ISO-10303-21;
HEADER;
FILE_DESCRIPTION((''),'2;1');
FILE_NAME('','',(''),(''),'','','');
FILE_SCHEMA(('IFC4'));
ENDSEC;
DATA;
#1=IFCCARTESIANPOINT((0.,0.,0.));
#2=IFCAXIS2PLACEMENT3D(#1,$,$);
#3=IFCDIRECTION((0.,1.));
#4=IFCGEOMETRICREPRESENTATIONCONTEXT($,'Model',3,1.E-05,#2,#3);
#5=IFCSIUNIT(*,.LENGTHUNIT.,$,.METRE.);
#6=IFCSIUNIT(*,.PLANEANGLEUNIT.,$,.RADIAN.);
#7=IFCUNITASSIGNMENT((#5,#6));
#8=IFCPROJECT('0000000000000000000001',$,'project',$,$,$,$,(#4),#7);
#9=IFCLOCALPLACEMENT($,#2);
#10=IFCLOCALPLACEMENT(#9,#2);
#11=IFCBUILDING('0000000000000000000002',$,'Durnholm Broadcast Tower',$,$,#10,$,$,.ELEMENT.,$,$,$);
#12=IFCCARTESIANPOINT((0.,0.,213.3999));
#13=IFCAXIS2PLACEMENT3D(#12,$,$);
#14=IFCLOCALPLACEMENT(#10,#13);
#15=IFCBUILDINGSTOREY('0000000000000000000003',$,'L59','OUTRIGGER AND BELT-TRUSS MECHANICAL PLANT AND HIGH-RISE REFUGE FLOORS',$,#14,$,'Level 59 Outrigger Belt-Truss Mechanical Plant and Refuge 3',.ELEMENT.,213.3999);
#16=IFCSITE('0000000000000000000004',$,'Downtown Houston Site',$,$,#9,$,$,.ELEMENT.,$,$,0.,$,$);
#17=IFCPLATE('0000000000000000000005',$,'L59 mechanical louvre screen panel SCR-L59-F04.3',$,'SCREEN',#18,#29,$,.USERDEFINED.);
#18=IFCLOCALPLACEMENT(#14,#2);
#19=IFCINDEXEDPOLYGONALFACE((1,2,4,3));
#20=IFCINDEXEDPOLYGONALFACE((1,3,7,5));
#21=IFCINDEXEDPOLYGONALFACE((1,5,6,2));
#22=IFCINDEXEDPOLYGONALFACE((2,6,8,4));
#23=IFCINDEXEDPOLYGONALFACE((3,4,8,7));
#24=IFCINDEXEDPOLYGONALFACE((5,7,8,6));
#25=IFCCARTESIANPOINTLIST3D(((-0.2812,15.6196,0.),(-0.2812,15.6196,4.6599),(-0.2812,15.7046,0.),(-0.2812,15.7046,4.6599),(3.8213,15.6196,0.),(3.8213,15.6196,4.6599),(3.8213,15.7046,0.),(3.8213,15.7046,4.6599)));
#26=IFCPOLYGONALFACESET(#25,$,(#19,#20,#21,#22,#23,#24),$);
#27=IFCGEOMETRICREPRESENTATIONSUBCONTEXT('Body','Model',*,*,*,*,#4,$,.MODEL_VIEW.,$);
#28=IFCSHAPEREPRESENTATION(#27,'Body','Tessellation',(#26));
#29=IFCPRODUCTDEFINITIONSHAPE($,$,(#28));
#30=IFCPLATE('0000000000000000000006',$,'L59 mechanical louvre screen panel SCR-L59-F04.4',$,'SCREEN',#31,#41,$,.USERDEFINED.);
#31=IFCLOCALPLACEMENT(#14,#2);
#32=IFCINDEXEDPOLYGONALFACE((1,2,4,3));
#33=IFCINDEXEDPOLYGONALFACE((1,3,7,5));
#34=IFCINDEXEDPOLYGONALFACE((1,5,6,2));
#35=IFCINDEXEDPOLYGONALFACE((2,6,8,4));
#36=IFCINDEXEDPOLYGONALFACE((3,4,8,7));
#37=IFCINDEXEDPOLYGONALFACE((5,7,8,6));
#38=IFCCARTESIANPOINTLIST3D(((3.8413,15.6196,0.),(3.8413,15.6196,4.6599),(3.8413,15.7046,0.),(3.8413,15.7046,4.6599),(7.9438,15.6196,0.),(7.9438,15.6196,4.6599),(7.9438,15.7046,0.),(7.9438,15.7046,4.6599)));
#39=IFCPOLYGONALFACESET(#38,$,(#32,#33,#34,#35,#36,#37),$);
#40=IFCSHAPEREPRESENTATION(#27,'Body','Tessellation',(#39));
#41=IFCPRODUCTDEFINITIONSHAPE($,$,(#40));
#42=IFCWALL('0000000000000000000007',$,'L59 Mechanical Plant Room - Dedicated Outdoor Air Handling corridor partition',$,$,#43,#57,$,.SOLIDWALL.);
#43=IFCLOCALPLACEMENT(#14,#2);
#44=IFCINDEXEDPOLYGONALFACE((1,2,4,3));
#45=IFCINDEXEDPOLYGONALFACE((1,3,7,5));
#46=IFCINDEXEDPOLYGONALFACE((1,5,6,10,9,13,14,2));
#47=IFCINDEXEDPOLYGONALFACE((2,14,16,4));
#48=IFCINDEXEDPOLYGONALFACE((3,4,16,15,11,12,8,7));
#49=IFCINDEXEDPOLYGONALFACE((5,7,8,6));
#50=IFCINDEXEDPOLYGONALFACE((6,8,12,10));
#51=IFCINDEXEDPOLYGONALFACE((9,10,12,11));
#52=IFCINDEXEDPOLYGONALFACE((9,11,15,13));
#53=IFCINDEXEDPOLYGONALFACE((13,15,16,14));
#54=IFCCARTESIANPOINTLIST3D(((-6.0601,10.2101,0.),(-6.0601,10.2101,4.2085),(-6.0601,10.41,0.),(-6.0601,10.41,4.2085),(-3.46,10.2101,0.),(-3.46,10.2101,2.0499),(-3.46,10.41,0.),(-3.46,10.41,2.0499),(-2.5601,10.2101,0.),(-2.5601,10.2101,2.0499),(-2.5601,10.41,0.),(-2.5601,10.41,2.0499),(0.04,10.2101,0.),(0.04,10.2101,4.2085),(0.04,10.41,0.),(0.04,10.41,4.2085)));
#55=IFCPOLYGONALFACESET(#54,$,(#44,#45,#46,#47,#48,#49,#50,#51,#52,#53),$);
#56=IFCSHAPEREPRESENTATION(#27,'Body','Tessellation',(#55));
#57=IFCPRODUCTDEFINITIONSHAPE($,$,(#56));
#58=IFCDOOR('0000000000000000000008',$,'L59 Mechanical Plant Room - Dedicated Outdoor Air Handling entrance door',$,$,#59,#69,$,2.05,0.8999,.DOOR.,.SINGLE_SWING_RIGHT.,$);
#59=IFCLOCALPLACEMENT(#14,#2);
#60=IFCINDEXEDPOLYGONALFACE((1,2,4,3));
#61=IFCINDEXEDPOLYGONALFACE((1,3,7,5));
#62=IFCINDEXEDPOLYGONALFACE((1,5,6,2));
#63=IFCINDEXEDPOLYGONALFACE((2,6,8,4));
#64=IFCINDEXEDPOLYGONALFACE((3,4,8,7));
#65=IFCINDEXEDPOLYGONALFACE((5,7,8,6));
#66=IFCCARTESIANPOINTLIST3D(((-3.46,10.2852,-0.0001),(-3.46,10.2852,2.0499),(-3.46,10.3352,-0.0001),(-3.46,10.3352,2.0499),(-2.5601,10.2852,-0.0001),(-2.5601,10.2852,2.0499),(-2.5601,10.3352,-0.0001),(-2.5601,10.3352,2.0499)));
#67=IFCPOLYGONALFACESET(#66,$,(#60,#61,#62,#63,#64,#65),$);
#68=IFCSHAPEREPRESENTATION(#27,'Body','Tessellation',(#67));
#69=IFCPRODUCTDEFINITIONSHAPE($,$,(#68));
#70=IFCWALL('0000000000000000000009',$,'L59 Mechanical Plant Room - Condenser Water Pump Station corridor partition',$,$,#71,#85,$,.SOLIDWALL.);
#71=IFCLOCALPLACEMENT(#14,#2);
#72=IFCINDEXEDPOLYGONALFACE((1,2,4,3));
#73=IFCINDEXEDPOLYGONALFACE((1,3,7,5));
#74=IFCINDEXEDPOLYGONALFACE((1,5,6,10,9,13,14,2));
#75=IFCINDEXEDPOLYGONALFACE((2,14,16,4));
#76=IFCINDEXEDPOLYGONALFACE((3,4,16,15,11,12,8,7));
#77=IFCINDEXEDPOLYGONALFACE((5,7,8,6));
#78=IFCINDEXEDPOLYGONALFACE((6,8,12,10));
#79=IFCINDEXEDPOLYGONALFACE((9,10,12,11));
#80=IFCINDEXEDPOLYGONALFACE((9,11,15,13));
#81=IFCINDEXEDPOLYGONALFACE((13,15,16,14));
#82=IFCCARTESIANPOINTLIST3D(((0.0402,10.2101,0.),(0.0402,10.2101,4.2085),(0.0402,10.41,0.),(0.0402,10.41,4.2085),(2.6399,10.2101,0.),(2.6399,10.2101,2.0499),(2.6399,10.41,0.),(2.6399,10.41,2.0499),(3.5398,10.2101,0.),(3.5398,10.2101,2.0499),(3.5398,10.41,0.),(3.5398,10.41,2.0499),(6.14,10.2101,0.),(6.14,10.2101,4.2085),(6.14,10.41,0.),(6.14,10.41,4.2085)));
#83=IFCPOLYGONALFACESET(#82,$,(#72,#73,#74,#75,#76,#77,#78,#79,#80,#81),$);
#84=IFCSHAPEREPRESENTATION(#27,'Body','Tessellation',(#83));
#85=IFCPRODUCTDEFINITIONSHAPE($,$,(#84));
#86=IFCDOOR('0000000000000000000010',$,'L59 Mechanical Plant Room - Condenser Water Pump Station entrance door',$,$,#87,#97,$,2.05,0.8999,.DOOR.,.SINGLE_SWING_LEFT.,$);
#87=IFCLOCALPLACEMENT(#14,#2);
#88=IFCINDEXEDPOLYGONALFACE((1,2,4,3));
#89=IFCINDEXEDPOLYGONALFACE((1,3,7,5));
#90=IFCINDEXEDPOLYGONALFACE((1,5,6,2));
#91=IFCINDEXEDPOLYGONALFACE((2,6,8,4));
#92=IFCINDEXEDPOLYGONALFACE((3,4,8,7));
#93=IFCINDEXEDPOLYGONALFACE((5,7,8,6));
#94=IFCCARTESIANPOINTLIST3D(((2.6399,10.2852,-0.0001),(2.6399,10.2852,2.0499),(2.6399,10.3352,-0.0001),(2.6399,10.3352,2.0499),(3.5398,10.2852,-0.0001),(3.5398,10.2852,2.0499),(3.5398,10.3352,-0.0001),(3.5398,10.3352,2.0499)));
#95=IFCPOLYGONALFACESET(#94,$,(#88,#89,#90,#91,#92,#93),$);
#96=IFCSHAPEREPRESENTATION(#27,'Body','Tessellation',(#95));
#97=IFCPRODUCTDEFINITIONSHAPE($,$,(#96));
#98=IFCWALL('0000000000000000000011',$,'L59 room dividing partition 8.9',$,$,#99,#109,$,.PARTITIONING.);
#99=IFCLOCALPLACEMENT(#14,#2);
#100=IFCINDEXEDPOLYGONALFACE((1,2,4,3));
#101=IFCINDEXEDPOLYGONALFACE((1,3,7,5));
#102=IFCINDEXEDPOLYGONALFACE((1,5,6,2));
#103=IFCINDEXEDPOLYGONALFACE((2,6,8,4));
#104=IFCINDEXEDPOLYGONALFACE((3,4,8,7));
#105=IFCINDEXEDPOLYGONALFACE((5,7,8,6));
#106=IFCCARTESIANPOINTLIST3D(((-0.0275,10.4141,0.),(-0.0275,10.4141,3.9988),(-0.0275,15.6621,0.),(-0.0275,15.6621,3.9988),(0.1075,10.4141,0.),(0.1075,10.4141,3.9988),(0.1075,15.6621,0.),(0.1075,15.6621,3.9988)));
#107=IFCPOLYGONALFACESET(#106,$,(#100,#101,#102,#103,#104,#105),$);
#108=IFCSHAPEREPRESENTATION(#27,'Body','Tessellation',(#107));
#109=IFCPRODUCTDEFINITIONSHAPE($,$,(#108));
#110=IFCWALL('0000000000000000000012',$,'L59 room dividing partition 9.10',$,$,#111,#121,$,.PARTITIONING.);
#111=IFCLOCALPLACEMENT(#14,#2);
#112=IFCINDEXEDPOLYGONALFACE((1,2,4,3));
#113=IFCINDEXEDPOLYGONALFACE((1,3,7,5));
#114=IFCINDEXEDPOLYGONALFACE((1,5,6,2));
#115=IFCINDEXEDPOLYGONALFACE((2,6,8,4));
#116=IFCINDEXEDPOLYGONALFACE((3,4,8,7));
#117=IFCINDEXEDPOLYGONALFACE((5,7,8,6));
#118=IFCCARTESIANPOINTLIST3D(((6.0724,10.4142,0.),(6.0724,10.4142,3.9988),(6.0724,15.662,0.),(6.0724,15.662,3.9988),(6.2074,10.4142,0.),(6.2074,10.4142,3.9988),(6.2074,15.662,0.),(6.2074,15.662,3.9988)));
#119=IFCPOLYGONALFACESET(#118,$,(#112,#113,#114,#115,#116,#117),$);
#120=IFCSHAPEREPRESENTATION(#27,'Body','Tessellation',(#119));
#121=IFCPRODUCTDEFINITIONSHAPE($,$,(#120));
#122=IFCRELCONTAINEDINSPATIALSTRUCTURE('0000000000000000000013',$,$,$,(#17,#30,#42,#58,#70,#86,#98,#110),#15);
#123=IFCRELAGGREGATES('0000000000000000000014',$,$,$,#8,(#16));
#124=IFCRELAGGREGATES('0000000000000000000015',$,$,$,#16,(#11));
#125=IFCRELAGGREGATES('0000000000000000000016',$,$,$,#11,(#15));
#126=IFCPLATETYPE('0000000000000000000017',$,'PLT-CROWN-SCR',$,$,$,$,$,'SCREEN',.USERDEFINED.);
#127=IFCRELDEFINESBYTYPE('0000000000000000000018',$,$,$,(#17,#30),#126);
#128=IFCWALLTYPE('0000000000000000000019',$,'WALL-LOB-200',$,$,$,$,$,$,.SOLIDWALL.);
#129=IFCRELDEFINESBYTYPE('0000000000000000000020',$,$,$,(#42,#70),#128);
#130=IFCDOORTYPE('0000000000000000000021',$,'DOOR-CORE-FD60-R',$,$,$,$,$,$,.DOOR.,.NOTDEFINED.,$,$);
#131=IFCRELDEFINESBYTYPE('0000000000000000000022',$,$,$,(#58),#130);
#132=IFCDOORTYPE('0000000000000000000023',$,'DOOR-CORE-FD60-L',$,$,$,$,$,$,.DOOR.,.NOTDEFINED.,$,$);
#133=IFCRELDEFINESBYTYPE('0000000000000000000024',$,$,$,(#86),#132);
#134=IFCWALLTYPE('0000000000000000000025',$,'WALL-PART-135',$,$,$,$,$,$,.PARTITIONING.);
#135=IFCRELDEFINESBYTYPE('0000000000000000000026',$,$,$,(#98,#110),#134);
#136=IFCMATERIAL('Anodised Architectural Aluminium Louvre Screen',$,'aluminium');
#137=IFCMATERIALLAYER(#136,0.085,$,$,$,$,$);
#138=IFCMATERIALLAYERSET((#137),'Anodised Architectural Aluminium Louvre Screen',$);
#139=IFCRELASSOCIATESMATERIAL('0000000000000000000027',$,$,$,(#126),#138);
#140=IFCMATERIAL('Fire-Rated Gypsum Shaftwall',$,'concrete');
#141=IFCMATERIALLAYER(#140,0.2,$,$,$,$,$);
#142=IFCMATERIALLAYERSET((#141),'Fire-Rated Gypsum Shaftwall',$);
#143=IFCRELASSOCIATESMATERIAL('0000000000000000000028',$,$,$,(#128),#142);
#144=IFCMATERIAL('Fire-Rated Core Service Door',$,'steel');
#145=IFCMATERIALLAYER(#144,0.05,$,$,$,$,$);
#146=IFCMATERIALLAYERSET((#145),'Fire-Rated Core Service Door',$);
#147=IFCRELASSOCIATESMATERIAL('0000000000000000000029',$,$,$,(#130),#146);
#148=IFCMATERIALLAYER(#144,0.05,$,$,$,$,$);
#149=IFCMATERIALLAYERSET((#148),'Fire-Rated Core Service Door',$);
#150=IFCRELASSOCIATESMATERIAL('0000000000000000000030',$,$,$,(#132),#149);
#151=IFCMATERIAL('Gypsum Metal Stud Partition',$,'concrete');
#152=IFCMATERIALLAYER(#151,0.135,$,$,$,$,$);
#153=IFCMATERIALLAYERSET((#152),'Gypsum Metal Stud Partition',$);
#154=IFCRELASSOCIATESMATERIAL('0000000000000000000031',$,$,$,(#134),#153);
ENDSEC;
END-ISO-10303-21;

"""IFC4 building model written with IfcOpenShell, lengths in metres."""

from ifc_helpers import new_model, si_unit, direction, frame, frame_2d, origin, origin_2d, place, context, subcontext, project, spatial, rectangle, extrude, source, transform, mapped, material, layer, layer_set, type_object, type_shapes, element, fill, save


model = new_model("IFC4")

# Units and contexts
model_context = context("Model", 3, precision=1e-05, world=origin(), true_north=direction((0.0, 1.0)))
body_context = subcontext(model_context, "Body", "Model", "MODEL_VIEW")
ifc_project = project(units=[si_unit("LENGTHUNIT", "METRE"), si_unit("PLANEANGLEUNIT", "RADIAN")], contexts=[model_context])

# Site, building, storey
site_placement = place(None, origin())
site = spatial("IfcSite", under=ifc_project, at=site_placement, Name="Downtown Houston Site", CompositionType="ELEMENT", RefElevation=0.0)
building_placement = place(site_placement, origin())
building = spatial("IfcBuilding", under=site, at=building_placement, Name="Durnholm Broadcast Tower", CompositionType="ELEMENT")
storey_placement = place(building_placement, frame((0.0, 0.0, 213.3999)))
storey = spatial("IfcBuildingStorey", under=building, at=storey_placement, Name="L59", Description="OUTRIGGER AND BELT-TRUSS MECHANICAL PLANT AND HIGH-RISE REFUGE FLOORS", LongName="Level 59 Outrigger Belt-Truss Mechanical Plant and Refuge 3", CompositionType="ELEMENT", Elevation=213.3999)

# Plates
ifc_material_1 = material(Name="Anodised Architectural Aluminium Louvre Screen", Category="aluminium")
ifc_layer_1 = layer(ifc_material_1, 0.085)
ifc_layer_set_1 = layer_set([ifc_layer_1], Name="Anodised Architectural Aluminium Louvre Screen")
plate_type_1 = type_object("IfcPlateType", Name="PLT-CROWN-SCR", ElementType="SCREEN", PredefinedType="USERDEFINED", material=ifc_layer_set_1)
shared_shape_1 = source(origin(), body_context, "Body", "SweptSolid", [
    extrude(rectangle(XDim=4.1025, YDim=0.085, at=origin_2d()), origin(), (0.0, 0.0, 1.0), 4.6599),
])
type_shapes(plate_type_1, [shared_shape_1])
for number, where, z_axis, x_axis, name in (
    (1, (1.77, 15.6621, 0.0), (0.0, 0.0, 1.0), (1.0, 0.0, 0.0), "L59 mechanical louvre screen panel SCR-L59-F04.3"),
    (2, (5.8926, 15.6621, 0.0), (0.0, 0.0, 1.0), (1.0, 0.0, 0.0), "L59 mechanical louvre screen panel SCR-L59-F04.4"),
):
    element("IfcPlate", number, at=place(storey_placement, frame(where, z_axis=z_axis, x_axis=x_axis)), inside=storey, type_object=plate_type_1, Name=name, ObjectType="SCREEN", PredefinedType="USERDEFINED", context=body_context, shape_type="MappedRepresentation", body=[
        mapped(shared_shape_1, transform((0.0, 0.0, 0.0), x_axis=(1.0, 0.0, 0.0), y_axis=(0.0, 1.0, 0.0), z_axis=(0.0, 0.0, 1.0), scale=1.0)),
    ])

# Walls, openings, doors
ifc_material_2 = material(Name="Fire-Rated Gypsum Shaftwall", Category="concrete")
ifc_layer_2 = layer(ifc_material_2, 0.2)
ifc_layer_set_2 = layer_set([ifc_layer_2], Name="Fire-Rated Gypsum Shaftwall")
wall_type_1 = type_object("IfcWallType", Name="WALL-LOB-200", PredefinedType="SOLIDWALL", material=ifc_layer_set_2)
wall_1_placement = place(storey_placement, frame((0.04, 10.3101, 0.0), z_axis=(0.0, 0.0, 1.0), x_axis=(-1.0, 0.0, 0.0)))
wall_1 = element("IfcWall", 3, at=wall_1_placement, inside=storey, type_object=wall_type_1, Name="L59 Mechanical Plant Room - Dedicated Outdoor Air Handling corridor partition", PredefinedType="SOLIDWALL", context=body_context, shape_type="SweptSolid", body=[
    extrude(rectangle(XDim=6.1001, YDim=0.2, at=frame_2d((3.05, 0.0))), origin(), (0.0, 0.0, 1.0), 4.2085),
])
opening_1_placement = place(wall_1_placement, frame((2.6001, 0.0, 0.0)))
opening_1 = element("IfcOpeningElement", 4, at=opening_1_placement, cuts=wall_1, PredefinedType="OPENING", context=body_context, shape_type="SweptSolid", body=[
    extrude(rectangle(XDim=0.8999, YDim=2.05, at=frame_2d((0.45, 1.0249))), frame((0.0, 0.1099, 0.0), z_axis=(0.0, -1.0, 0.0), x_axis=(1.0, 0.0, 0.0)), (0.0, 0.0, 1.0), 0.22),
])
ifc_material_3 = material(Name="Fire-Rated Core Service Door", Category="steel")
ifc_layer_3 = layer(ifc_material_3, 0.05)
ifc_layer_set_3 = layer_set([ifc_layer_3], Name="Fire-Rated Core Service Door")
door_type_1 = type_object("IfcDoorType", Name="DOOR-CORE-FD60-R", OperationType="NOTDEFINED", PredefinedType="DOOR", material=ifc_layer_set_3)
shared_shape_2 = source(origin(), body_context, "Body", "SweptSolid", [
    extrude(rectangle(XDim=0.8999, YDim=2.05, at=frame_2d((0.45, 1.0249))), frame((0.0, 0.0249, 0.0), z_axis=(0.0, -1.0, 0.0), x_axis=(1.0, 0.0, 0.0)), (0.0, 0.0, 1.0), 0.05),
])
type_shapes(door_type_1, [shared_shape_2])
door_1_placement = place(opening_1_placement, origin())
door_1 = element("IfcDoor", 5, at=door_1_placement, inside=storey, type_object=door_type_1, Name="L59 Mechanical Plant Room - Dedicated Outdoor Air Handling entrance door", OperationType="SINGLE_SWING_RIGHT", OverallHeight=2.05, OverallWidth=0.8999, PredefinedType="DOOR", context=body_context, shape_type="MappedRepresentation", body=[
    mapped(shared_shape_2, transform((0.0, 0.0, 0.0), x_axis=(1.0, 0.0, 0.0), y_axis=(0.0, 1.0, 0.0), z_axis=(0.0, 0.0, 1.0), scale=1.0)),
])
fill(opening_1, door_1)
wall_2_placement = place(storey_placement, frame((6.1399, 10.3101, 0.0), z_axis=(0.0, 0.0, 1.0), x_axis=(-1.0, 0.0, 0.0)))
wall_2 = element("IfcWall", 6, at=wall_2_placement, inside=storey, type_object=wall_type_1, Name="L59 Mechanical Plant Room - Condenser Water Pump Station corridor partition", PredefinedType="SOLIDWALL", context=body_context, shape_type="SweptSolid", body=[
    extrude(rectangle(XDim=6.0999, YDim=0.2, at=frame_2d((3.0498, 0.0))), origin(), (0.0, 0.0, 1.0), 4.2085),
])
opening_2_placement = place(wall_2_placement, frame((2.6001, 0.0, 0.0)))
opening_2 = element("IfcOpeningElement", 7, at=opening_2_placement, cuts=wall_2, PredefinedType="OPENING", context=body_context, shape_type="SweptSolid", body=[
    extrude(rectangle(XDim=0.8999, YDim=2.05, at=frame_2d((0.45, 1.0249))), frame((0.0, 0.1099, 0.0), z_axis=(0.0, -1.0, 0.0), x_axis=(1.0, 0.0, 0.0)), (0.0, 0.0, 1.0), 0.22),
])
ifc_layer_4 = layer(ifc_material_3, 0.05)
ifc_layer_set_4 = layer_set([ifc_layer_4], Name="Fire-Rated Core Service Door")
door_type_2 = type_object("IfcDoorType", Name="DOOR-CORE-FD60-L", OperationType="NOTDEFINED", PredefinedType="DOOR", material=ifc_layer_set_4)
shared_shape_3 = source(origin(), body_context, "Body", "SweptSolid", [
    extrude(rectangle(XDim=0.8999, YDim=2.05, at=frame_2d((0.45, 1.0249))), frame((0.0, 0.0249, 0.0), z_axis=(0.0, -1.0, 0.0), x_axis=(1.0, 0.0, 0.0)), (0.0, 0.0, 1.0), 0.05),
])
type_shapes(door_type_2, [shared_shape_3])
door_2_placement = place(opening_2_placement, origin())
door_2 = element("IfcDoor", 8, at=door_2_placement, inside=storey, type_object=door_type_2, Name="L59 Mechanical Plant Room - Condenser Water Pump Station entrance door", OperationType="SINGLE_SWING_LEFT", OverallHeight=2.05, OverallWidth=0.8999, PredefinedType="DOOR", context=body_context, shape_type="MappedRepresentation", body=[
    mapped(shared_shape_3, transform((0.0, 0.0, 0.0), x_axis=(1.0, 0.0, 0.0), y_axis=(0.0, 1.0, 0.0), z_axis=(0.0, 0.0, 1.0), scale=1.0)),
])
fill(opening_2, door_2)

# Walls
ifc_material_4 = material(Name="Gypsum Metal Stud Partition", Category="concrete")
ifc_layer_5 = layer(ifc_material_4, 0.135)
ifc_layer_set_5 = layer_set([ifc_layer_5], Name="Gypsum Metal Stud Partition")
wall_type_2 = type_object("IfcWallType", Name="WALL-PART-135", PredefinedType="PARTITIONING", material=ifc_layer_set_5)
wall_3_placement = place(storey_placement, frame((0.04, 15.6621, 0.0), z_axis=(0.0, 0.0, 1.0), x_axis=(0.0, -1.0, 0.0)))
element("IfcWall", 9, at=wall_3_placement, inside=storey, type_object=wall_type_2, Name="L59 room dividing partition 8.9", PredefinedType="PARTITIONING", context=body_context, shape_type="SweptSolid", body=[
    extrude(rectangle(XDim=5.248, YDim=0.135, at=frame_2d((2.624, 0.0))), origin(), (0.0, 0.0, 1.0), 3.9988),
])
wall_4_placement = place(storey_placement, frame((6.1399, 15.6621, 0.0), z_axis=(0.0, 0.0, 1.0), x_axis=(0.0, -1.0, 0.0)))
element("IfcWall", 10, at=wall_4_placement, inside=storey, type_object=wall_type_2, Name="L59 room dividing partition 9.10", PredefinedType="PARTITIONING", context=body_context, shape_type="SweptSolid", body=[
    extrude(rectangle(XDim=5.2478, YDim=0.135, at=frame_2d((2.624, 0.0))), origin(), (0.0, 0.0, 1.0), 3.9988),
])

save(model, "model.ifc")
